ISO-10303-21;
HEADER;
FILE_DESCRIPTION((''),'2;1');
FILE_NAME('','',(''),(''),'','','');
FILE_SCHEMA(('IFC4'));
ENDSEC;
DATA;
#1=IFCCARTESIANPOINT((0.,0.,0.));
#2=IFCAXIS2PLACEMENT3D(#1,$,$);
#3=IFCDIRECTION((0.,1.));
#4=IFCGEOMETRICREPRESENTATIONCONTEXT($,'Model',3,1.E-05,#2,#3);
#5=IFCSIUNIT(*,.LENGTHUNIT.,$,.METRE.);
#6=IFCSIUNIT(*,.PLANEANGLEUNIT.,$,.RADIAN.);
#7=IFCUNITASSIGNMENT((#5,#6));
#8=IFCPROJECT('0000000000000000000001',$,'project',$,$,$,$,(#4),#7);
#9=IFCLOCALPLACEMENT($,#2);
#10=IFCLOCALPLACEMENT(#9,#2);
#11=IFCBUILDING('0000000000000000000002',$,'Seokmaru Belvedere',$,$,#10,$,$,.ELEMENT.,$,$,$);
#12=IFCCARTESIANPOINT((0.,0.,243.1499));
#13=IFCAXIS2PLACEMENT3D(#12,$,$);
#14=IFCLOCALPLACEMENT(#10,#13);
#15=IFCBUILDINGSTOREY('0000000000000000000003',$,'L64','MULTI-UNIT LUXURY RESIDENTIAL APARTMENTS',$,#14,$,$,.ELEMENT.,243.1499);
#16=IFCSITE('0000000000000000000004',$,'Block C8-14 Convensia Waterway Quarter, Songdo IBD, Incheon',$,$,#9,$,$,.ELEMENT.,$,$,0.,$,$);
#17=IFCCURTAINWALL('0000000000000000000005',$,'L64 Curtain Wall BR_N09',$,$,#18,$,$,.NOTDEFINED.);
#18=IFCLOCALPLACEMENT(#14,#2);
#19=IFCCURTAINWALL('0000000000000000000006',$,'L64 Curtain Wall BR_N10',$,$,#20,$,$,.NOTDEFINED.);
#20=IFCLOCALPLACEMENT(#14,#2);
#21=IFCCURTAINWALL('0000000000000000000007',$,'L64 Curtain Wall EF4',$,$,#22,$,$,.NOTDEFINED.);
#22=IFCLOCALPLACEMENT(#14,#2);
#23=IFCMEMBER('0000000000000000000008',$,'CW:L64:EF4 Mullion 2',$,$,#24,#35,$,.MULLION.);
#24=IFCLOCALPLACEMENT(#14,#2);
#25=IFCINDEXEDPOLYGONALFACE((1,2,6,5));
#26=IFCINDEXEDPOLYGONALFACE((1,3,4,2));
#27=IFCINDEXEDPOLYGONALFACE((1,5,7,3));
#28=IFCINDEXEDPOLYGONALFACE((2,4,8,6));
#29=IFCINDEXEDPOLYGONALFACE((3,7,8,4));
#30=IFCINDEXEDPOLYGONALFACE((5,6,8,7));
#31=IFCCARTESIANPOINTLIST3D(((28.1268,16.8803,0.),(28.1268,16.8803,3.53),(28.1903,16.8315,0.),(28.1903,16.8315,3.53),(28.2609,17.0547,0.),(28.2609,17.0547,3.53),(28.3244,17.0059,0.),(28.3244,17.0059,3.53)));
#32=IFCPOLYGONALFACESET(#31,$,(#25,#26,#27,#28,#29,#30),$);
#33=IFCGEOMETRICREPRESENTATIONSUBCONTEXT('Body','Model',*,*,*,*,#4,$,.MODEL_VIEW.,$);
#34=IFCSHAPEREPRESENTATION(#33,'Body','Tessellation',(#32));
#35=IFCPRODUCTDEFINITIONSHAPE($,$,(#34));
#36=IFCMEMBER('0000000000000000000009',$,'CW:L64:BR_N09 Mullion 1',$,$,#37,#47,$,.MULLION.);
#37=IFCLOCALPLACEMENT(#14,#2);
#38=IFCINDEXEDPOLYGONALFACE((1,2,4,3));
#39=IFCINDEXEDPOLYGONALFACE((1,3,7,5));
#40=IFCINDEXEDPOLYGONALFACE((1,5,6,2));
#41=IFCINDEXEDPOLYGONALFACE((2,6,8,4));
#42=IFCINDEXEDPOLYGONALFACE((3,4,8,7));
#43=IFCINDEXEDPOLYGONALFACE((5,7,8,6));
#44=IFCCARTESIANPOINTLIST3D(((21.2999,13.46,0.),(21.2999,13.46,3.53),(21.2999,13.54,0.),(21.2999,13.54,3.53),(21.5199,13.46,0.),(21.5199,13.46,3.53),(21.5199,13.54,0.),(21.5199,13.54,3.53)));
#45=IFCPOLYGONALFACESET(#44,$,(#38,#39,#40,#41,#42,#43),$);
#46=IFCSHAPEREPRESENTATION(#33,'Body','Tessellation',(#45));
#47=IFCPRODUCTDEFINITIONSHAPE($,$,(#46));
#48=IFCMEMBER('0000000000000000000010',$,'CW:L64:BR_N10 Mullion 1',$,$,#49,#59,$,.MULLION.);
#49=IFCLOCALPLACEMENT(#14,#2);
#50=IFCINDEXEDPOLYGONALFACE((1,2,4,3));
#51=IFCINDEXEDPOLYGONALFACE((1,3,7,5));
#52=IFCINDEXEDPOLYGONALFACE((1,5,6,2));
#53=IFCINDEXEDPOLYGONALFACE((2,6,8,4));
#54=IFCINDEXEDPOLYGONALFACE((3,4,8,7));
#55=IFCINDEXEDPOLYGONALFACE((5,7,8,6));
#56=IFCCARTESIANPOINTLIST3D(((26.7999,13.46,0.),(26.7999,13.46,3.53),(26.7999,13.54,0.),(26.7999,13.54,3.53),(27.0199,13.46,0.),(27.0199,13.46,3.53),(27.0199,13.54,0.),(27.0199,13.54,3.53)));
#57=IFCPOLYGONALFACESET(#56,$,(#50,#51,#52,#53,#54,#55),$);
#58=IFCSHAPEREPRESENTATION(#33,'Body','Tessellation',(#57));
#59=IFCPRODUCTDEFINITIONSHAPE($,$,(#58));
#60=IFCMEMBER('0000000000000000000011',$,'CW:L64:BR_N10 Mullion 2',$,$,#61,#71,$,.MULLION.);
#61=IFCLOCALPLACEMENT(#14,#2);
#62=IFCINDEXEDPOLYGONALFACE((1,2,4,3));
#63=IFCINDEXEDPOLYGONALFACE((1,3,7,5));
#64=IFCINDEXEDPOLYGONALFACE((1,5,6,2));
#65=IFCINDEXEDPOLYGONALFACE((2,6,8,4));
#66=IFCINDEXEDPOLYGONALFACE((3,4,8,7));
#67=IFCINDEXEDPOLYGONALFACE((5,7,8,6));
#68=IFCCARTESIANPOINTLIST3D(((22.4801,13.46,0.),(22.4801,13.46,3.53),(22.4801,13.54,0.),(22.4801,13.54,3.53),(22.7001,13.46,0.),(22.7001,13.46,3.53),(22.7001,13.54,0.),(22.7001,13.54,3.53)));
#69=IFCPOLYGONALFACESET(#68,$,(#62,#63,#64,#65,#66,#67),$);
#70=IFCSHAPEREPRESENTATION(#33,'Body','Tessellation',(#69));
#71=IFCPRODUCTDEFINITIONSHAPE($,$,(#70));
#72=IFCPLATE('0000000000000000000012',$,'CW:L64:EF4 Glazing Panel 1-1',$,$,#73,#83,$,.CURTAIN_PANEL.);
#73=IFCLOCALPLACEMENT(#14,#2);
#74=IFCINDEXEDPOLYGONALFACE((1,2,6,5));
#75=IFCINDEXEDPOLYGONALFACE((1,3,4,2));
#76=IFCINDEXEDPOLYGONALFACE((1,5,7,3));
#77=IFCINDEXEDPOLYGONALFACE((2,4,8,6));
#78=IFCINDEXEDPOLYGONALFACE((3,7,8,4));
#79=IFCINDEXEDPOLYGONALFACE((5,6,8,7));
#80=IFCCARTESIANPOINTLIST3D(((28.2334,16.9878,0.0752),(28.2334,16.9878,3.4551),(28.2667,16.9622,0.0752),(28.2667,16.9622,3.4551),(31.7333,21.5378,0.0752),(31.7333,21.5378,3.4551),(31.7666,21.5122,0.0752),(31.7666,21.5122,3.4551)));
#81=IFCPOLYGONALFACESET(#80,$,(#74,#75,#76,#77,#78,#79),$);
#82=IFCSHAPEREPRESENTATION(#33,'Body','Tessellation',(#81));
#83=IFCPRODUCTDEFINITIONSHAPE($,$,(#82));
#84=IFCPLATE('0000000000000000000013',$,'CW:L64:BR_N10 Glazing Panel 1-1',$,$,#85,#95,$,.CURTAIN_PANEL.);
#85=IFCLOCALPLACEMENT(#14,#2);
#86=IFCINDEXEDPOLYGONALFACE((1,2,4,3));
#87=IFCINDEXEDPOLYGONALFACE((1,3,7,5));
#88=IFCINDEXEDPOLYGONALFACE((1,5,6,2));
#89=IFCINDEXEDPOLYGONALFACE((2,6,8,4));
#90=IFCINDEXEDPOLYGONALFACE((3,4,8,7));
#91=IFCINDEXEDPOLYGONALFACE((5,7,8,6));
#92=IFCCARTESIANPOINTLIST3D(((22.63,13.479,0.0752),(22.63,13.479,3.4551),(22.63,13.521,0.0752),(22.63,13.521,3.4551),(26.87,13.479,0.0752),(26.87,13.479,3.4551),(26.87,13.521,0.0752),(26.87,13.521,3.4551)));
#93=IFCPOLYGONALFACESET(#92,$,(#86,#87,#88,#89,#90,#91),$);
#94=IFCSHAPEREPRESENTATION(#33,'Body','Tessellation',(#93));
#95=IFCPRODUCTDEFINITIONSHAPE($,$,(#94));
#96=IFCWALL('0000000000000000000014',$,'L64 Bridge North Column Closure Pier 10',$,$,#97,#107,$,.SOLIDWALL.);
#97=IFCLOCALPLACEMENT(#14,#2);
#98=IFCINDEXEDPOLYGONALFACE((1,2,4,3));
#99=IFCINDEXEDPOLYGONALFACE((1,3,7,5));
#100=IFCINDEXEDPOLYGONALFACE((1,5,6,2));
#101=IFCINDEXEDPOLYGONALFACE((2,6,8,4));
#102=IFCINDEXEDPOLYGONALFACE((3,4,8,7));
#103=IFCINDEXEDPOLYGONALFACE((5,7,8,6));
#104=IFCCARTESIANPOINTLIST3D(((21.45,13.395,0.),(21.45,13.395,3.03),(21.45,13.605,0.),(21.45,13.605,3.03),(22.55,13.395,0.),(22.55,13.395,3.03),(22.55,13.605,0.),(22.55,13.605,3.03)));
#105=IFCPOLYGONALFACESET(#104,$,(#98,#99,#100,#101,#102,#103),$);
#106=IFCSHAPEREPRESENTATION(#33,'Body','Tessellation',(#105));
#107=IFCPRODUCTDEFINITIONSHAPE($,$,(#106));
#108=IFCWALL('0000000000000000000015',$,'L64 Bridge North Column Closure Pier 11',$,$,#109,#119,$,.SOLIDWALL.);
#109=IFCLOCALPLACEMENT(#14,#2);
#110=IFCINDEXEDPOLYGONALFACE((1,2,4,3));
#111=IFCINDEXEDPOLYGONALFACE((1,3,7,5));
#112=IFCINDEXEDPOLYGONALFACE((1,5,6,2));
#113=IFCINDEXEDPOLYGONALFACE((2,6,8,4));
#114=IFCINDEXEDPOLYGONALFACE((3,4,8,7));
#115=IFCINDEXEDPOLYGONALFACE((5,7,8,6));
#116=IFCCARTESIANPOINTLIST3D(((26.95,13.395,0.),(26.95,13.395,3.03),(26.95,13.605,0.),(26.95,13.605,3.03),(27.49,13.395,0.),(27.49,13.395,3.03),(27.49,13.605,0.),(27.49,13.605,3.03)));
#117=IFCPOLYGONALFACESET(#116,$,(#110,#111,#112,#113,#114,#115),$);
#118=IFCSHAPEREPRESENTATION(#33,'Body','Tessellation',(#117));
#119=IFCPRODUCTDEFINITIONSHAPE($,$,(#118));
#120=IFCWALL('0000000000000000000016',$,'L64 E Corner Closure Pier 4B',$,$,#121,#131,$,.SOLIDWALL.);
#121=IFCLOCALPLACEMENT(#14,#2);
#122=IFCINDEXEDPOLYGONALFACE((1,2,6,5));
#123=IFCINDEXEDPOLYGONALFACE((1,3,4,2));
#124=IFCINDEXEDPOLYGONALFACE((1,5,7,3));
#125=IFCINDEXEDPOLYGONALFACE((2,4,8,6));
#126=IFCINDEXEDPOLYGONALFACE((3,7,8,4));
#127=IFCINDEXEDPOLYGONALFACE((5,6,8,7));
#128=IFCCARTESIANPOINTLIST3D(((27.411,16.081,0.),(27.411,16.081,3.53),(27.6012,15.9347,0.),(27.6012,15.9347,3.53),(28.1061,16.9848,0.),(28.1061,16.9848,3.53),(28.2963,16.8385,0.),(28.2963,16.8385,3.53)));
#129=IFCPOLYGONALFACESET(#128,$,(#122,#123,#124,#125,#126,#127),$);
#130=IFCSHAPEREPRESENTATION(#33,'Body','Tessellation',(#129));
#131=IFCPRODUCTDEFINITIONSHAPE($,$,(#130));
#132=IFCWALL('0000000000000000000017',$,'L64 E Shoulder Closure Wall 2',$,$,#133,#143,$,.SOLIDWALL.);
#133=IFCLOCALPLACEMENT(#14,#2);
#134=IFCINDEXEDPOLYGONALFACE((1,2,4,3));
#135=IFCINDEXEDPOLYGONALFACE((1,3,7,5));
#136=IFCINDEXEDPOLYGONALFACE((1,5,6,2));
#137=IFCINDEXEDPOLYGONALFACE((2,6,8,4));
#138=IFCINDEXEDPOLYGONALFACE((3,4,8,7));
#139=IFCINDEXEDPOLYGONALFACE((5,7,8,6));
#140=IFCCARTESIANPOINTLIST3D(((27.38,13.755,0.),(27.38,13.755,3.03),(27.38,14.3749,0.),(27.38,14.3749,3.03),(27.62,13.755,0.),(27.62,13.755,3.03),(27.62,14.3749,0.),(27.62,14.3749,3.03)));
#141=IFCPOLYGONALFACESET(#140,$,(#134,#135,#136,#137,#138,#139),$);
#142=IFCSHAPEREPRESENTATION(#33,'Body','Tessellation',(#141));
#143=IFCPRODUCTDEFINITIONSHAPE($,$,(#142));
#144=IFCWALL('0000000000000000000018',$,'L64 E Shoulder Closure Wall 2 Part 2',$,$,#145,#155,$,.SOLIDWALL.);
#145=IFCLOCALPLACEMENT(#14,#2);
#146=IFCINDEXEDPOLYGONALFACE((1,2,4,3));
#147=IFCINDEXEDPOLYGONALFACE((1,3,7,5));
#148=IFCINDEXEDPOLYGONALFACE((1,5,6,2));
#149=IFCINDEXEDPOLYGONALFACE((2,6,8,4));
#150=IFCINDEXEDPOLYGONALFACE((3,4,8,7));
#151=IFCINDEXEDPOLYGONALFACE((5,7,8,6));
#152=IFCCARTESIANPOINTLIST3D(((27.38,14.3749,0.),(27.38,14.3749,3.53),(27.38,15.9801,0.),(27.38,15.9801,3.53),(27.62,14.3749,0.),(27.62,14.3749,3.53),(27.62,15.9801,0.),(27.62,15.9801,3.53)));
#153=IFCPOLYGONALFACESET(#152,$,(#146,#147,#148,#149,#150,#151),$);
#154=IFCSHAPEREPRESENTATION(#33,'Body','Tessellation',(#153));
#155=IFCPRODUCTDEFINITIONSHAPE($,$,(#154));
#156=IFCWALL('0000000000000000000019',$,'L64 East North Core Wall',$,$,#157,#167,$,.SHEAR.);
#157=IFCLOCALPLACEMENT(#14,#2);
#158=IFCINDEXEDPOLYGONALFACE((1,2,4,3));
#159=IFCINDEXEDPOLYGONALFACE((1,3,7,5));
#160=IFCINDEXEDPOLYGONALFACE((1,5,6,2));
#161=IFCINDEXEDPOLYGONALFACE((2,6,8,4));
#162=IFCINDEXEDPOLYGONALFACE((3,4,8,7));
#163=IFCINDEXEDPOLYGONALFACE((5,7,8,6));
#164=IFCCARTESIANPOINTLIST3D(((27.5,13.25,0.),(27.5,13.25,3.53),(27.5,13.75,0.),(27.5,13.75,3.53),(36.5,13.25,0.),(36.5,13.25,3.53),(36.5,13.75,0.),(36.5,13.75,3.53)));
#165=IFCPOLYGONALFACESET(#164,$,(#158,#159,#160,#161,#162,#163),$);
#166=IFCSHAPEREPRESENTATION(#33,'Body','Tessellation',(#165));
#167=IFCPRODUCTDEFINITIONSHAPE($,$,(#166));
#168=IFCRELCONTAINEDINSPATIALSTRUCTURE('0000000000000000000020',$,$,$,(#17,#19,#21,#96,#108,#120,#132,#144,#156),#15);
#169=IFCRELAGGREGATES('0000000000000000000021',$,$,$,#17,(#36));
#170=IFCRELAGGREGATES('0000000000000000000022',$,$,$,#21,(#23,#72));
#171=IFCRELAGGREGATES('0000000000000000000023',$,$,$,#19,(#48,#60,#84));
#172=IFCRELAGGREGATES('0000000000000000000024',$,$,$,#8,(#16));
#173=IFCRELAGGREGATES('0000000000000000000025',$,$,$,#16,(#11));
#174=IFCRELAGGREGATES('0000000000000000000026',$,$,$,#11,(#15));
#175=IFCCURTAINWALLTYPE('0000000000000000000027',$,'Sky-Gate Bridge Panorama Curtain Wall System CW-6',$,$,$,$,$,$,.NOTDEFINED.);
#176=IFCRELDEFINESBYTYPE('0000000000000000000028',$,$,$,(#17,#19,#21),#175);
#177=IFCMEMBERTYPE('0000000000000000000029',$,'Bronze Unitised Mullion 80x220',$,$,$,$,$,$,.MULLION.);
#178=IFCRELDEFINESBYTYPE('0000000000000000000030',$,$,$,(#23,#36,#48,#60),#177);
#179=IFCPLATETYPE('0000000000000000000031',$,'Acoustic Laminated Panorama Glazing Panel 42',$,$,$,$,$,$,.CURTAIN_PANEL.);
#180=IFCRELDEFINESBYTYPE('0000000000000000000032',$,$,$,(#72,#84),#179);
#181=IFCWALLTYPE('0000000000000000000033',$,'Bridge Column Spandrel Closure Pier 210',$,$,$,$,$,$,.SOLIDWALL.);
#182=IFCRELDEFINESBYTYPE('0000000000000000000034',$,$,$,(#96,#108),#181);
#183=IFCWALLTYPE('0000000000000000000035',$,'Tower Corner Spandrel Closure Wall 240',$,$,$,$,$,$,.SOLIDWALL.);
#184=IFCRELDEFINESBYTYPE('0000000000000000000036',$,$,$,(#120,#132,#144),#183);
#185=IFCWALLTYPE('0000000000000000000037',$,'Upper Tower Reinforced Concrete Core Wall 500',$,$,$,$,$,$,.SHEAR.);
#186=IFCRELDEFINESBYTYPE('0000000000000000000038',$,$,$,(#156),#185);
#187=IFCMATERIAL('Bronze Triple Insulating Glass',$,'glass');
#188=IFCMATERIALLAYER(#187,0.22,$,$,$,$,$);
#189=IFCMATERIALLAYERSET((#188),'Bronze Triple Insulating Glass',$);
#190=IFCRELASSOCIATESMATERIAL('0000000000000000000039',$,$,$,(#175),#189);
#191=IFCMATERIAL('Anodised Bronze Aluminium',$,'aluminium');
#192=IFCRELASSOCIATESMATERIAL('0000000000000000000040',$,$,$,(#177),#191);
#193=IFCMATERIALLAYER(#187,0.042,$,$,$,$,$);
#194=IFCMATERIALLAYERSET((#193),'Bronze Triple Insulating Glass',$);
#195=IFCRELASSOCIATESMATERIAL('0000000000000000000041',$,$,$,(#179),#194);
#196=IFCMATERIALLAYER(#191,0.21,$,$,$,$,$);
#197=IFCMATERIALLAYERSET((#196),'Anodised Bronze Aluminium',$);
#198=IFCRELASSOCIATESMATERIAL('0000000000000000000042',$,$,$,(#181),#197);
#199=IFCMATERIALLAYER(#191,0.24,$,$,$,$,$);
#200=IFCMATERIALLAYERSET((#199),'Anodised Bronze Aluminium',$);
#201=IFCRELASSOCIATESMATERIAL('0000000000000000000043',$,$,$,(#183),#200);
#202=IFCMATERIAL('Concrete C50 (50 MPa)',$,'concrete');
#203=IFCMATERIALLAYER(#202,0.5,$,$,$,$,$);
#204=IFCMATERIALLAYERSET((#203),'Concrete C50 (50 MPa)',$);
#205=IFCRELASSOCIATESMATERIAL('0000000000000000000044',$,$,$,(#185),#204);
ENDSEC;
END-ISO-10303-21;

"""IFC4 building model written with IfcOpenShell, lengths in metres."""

from ifc_helpers import new_model, si_unit, direction, frame, frame_2d, origin, origin_2d, place, context, subcontext, project, spatial, rectangle, extrude, source, transform, mapped, material, layer, layer_set, material_profile, profile_set, type_object, type_shapes, element, aggregate, save


model = new_model("IFC4")

# Units and contexts
model_context = context("Model", 3, precision=1e-05, world=origin(), true_north=direction((0.0, 1.0)))
body_context = subcontext(model_context, "Body", "Model", "MODEL_VIEW")
ifc_project = project(units=[si_unit("LENGTHUNIT", "METRE"), si_unit("PLANEANGLEUNIT", "RADIAN")], contexts=[model_context])

# Site, building, storey
site_placement = place(None, origin())
site = spatial("IfcSite", under=ifc_project, at=site_placement, Name="Block C8-14 Convensia Waterway Quarter, Songdo IBD, Incheon", CompositionType="ELEMENT", RefElevation=0.0)
building_placement = place(site_placement, origin())
building = spatial("IfcBuilding", under=site, at=building_placement, Name="Seokmaru Belvedere", CompositionType="ELEMENT")
storey_placement = place(building_placement, frame((0.0, 0.0, 243.1499)))
storey = spatial("IfcBuildingStorey", under=building, at=storey_placement, Name="L64", Description="MULTI-UNIT LUXURY RESIDENTIAL APARTMENTS", CompositionType="ELEMENT", Elevation=243.1499)

# Curtain wall
ifc_material_1 = material(Name="Bronze Triple Insulating Glass", Category="glass")
ifc_layer_1 = layer(ifc_material_1, 0.22)
ifc_layer_set_1 = layer_set([ifc_layer_1], Name="Bronze Triple Insulating Glass")
curtain_wall_type = type_object("IfcCurtainWallType", Name="Sky-Gate Bridge Panorama Curtain Wall System CW-6", PredefinedType="NOTDEFINED", material=ifc_layer_set_1)
curtain_wall_1_placement = place(storey_placement, origin())
curtain_wall_1 = element("IfcCurtainWall", 1, at=curtain_wall_1_placement, inside=storey, type_object=curtain_wall_type, Name="L64 Curtain Wall BR_N09", PredefinedType="NOTDEFINED")
ifc_material_2 = material(Name="Anodised Bronze Aluminium", Category="aluminium")

# Curtain wall
curtain_wall_2_placement = place(storey_placement, origin())
curtain_wall_2 = element("IfcCurtainWall", 2, at=curtain_wall_2_placement, inside=storey, type_object=curtain_wall_type, Name="L64 Curtain Wall BR_N10", PredefinedType="NOTDEFINED")

# Curtain wall, member
curtain_wall_3_placement = place(storey_placement, origin())
curtain_wall_3 = element("IfcCurtainWall", 3, at=curtain_wall_3_placement, inside=storey, type_object=curtain_wall_type, Name="L64 Curtain Wall EF4", PredefinedType="NOTDEFINED")
ifc_material_profile_1 = material_profile(ifc_material_2, rectangle(XDim=0.0801, YDim=0.22, at=origin_2d()), Name="CW-M-80x220")
ifc_profile_set_1 = profile_set([ifc_material_profile_1], Name="Anodised Bronze Aluminium")
member_type_1 = type_object("IfcMemberType", Name="Bronze Unitised Mullion 80x220", PredefinedType="MULLION", material=ifc_profile_set_1)
shared_shape_1 = source(origin(), body_context, "Body", "SweptSolid", [
    extrude(rectangle(XDim=0.0801, YDim=0.22, at=origin_2d()), origin(), (0.0, 0.0, 1.0), 3.53),
])
type_shapes(member_type_1, [shared_shape_1])
member_1_placement = place(storey_placement, frame((28.2256, 16.9431, 0.0), z_axis=(0.0, 0.0, 1.0), x_axis=(0.792631, -0.609701, 0.0)))
member_1 = element("IfcMember", 4, at=member_1_placement, type_object=member_type_1, Name="CW:L64:EF4 Mullion 2", PredefinedType="MULLION", context=body_context, shape_type="MappedRepresentation", body=[
    mapped(shared_shape_1, transform((0.0, 0.0, 0.0), scale=1.0)),
])

# Members
member_2_placement = place(storey_placement, frame((21.4099, 13.5, 0.0), z_axis=(0.0, 0.0, 1.0), x_axis=(0.0, -1.0, 0.0)))
member_2 = element("IfcMember", 5, at=member_2_placement, type_object=member_type_1, Name="CW:L64:BR_N09 Mullion 1", PredefinedType="MULLION", context=body_context, shape_type="MappedRepresentation", body=[
    mapped(shared_shape_1, transform((0.0, 0.0, 0.0), scale=1.0)),
])
aggregate(curtain_wall_1, [member_2])
member_3_placement = place(storey_placement, frame((26.9099, 13.5, 0.0), z_axis=(0.0, 0.0, 1.0), x_axis=(0.0, -1.0, 0.0)))
member_3 = element("IfcMember", 6, at=member_3_placement, type_object=member_type_1, Name="CW:L64:BR_N10 Mullion 1", PredefinedType="MULLION", context=body_context, shape_type="MappedRepresentation", body=[
    mapped(shared_shape_1, transform((0.0, 0.0, 0.0), scale=1.0)),
])
member_4_placement = place(storey_placement, frame((22.5901, 13.5, 0.0), z_axis=(0.0, 0.0, 1.0), x_axis=(0.0, -1.0, 0.0)))
member_4 = element("IfcMember", 7, at=member_4_placement, type_object=member_type_1, Name="CW:L64:BR_N10 Mullion 2", PredefinedType="MULLION", context=body_context, shape_type="MappedRepresentation", body=[
    mapped(shared_shape_1, transform((0.0, 0.0, 0.0), scale=1.0)),
])

# Plates
ifc_layer_2 = layer(ifc_material_1, 0.042)
ifc_layer_set_2 = layer_set([ifc_layer_2], Name="Bronze Triple Insulating Glass")
plate_type = type_object("IfcPlateType", Name="Acoustic Laminated Panorama Glazing Panel 42", PredefinedType="CURTAIN_PANEL", material=ifc_layer_set_2)
shared_shape_2 = source(origin(), body_context, "Body", "SweptSolid", [
    extrude(rectangle(XDim=5.7405, YDim=0.042, at=origin_2d()), origin(), (0.0, 0.0, 1.0), 3.3799),
])
plate_1_placement = place(storey_placement, frame((30.0, 19.25, 0.0752), z_axis=(0.0, 0.0, 1.0), x_axis=(-0.609701, -0.792631, 0.0)))
plate_1 = element("IfcPlate", 8, at=plate_1_placement, type_object=plate_type, Name="CW:L64:EF4 Glazing Panel 1-1", PredefinedType="CURTAIN_PANEL", context=body_context, shape_type="MappedRepresentation", body=[
    mapped(shared_shape_2, transform((0.0, 0.0, 0.0), scale=1.0)),
])
aggregate(curtain_wall_3, [member_1, plate_1])
shared_shape_3 = source(origin(), body_context, "Body", "SweptSolid", [
    extrude(rectangle(XDim=4.24, YDim=0.042, at=origin_2d()), origin(), (0.0, 0.0, 1.0), 3.3799),
])
type_shapes(plate_type, [shared_shape_2, shared_shape_3])
plate_2_placement = place(storey_placement, frame((24.75, 13.5, 0.0752), z_axis=(0.0, 0.0, 1.0), x_axis=(-1.0, 0.0, 0.0)))
plate_2 = element("IfcPlate", 9, at=plate_2_placement, type_object=plate_type, Name="CW:L64:BR_N10 Glazing Panel 1-1", PredefinedType="CURTAIN_PANEL", context=body_context, shape_type="MappedRepresentation", body=[
    mapped(shared_shape_3, transform((0.0, 0.0, 0.0), scale=1.0)),
])
aggregate(curtain_wall_2, [member_3, member_4, plate_2])

# Walls
ifc_layer_3 = layer(ifc_material_2, 0.21)
ifc_layer_set_3 = layer_set([ifc_layer_3], Name="Anodised Bronze Aluminium")
wall_type_1 = type_object("IfcWallType", Name="Bridge Column Spandrel Closure Pier 210", PredefinedType="SOLIDWALL", material=ifc_layer_set_3)
wall_1_placement = place(storey_placement, frame((21.45, 13.5, 0.0), z_axis=(0.0, 0.0, 1.0), x_axis=(1.0, 0.0, 0.0)))
element("IfcWall", 10, at=wall_1_placement, inside=storey, type_object=wall_type_1, Name="L64 Bridge North Column Closure Pier 10", PredefinedType="SOLIDWALL", context=body_context, shape_type="SweptSolid", body=[
    extrude(rectangle(XDim=1.1001, YDim=0.21, at=frame_2d((0.55, 0.0))), origin(), (0.0, 0.0, 1.0), 3.03),
])
wall_2_placement = place(storey_placement, frame((26.95, 13.5, 0.0), z_axis=(0.0, 0.0, 1.0), x_axis=(1.0, 0.0, 0.0)))
element("IfcWall", 11, at=wall_2_placement, inside=storey, type_object=wall_type_1, Name="L64 Bridge North Column Closure Pier 11", PredefinedType="SOLIDWALL", context=body_context, shape_type="SweptSolid", body=[
    extrude(rectangle(XDim=0.54, YDim=0.21, at=frame_2d((0.27, 0.0))), origin(), (0.0, 0.0, 1.0), 3.03),
])
ifc_layer_4 = layer(ifc_material_2, 0.24)
ifc_layer_set_4 = layer_set([ifc_layer_4], Name="Anodised Bronze Aluminium")
wall_type_2 = type_object("IfcWallType", Name="Tower Corner Spandrel Closure Wall 240", PredefinedType="SOLIDWALL", material=ifc_layer_set_4)
wall_3_placement = place(storey_placement, frame((28.2012, 16.9116, 0.0), z_axis=(0.0, 0.0, 1.0), x_axis=(-0.609618, -0.792696, 0.0)))
element("IfcWall", 12, at=wall_3_placement, inside=storey, type_object=wall_type_2, Name="L64 E Corner Closure Pier 4B", PredefinedType="SOLIDWALL", context=body_context, shape_type="SweptSolid", body=[
    extrude(rectangle(XDim=1.1401, YDim=0.24, at=frame_2d((0.5701, 0.0))), origin(), (0.0, 0.0, 1.0), 3.53),
])
wall_4_placement = place(storey_placement, frame((27.5, 13.7549, 0.0), z_axis=(0.0, 0.0, 1.0), x_axis=(0.0, 1.0, 0.0)))
element("IfcWall", 13, at=wall_4_placement, inside=storey, type_object=wall_type_2, Name="L64 E Shoulder Closure Wall 2", PredefinedType="SOLIDWALL", context=body_context, shape_type="SweptSolid", body=[
    extrude(rectangle(XDim=0.6199, YDim=0.24, at=frame_2d((0.3101, 0.0))), origin(), (0.0, 0.0, 1.0), 3.03),
])
wall_5_placement = place(storey_placement, frame((27.5, 14.3748, 0.0), z_axis=(0.0, 0.0, 1.0), x_axis=(0.0, 1.0, 0.0)))
element("IfcWall", 14, at=wall_5_placement, inside=storey, type_object=wall_type_2, Name="L64 E Shoulder Closure Wall 2 Part 2", PredefinedType="SOLIDWALL", context=body_context, shape_type="SweptSolid", body=[
    extrude(rectangle(XDim=1.6052, YDim=0.24, at=frame_2d((0.8027, 0.0))), origin(), (0.0, 0.0, 1.0), 3.53),
])
ifc_material_3 = material(Name="Concrete C50 (50 MPa)", Category="concrete")
ifc_layer_5 = layer(ifc_material_3, 0.5)
ifc_layer_set_5 = layer_set([ifc_layer_5], Name="Concrete C50 (50 MPa)")
wall_type_3 = type_object("IfcWallType", Name="Upper Tower Reinforced Concrete Core Wall 500", PredefinedType="SHEAR", material=ifc_layer_set_5)
wall_6_placement = place(storey_placement, frame((27.5, 13.5, 0.0), z_axis=(0.0, 0.0, 1.0), x_axis=(1.0, 0.0, 0.0)))
element("IfcWall", 15, at=wall_6_placement, inside=storey, type_object=wall_type_3, Name="L64 East North Core Wall", PredefinedType="SHEAR", context=body_context, shape_type="SweptSolid", body=[
    extrude(rectangle(XDim=9.0, YDim=0.5, at=frame_2d((4.5, 0.0))), origin(), (0.0, 0.0, 1.0), 3.53),
])

save(model, "model.ifc")
